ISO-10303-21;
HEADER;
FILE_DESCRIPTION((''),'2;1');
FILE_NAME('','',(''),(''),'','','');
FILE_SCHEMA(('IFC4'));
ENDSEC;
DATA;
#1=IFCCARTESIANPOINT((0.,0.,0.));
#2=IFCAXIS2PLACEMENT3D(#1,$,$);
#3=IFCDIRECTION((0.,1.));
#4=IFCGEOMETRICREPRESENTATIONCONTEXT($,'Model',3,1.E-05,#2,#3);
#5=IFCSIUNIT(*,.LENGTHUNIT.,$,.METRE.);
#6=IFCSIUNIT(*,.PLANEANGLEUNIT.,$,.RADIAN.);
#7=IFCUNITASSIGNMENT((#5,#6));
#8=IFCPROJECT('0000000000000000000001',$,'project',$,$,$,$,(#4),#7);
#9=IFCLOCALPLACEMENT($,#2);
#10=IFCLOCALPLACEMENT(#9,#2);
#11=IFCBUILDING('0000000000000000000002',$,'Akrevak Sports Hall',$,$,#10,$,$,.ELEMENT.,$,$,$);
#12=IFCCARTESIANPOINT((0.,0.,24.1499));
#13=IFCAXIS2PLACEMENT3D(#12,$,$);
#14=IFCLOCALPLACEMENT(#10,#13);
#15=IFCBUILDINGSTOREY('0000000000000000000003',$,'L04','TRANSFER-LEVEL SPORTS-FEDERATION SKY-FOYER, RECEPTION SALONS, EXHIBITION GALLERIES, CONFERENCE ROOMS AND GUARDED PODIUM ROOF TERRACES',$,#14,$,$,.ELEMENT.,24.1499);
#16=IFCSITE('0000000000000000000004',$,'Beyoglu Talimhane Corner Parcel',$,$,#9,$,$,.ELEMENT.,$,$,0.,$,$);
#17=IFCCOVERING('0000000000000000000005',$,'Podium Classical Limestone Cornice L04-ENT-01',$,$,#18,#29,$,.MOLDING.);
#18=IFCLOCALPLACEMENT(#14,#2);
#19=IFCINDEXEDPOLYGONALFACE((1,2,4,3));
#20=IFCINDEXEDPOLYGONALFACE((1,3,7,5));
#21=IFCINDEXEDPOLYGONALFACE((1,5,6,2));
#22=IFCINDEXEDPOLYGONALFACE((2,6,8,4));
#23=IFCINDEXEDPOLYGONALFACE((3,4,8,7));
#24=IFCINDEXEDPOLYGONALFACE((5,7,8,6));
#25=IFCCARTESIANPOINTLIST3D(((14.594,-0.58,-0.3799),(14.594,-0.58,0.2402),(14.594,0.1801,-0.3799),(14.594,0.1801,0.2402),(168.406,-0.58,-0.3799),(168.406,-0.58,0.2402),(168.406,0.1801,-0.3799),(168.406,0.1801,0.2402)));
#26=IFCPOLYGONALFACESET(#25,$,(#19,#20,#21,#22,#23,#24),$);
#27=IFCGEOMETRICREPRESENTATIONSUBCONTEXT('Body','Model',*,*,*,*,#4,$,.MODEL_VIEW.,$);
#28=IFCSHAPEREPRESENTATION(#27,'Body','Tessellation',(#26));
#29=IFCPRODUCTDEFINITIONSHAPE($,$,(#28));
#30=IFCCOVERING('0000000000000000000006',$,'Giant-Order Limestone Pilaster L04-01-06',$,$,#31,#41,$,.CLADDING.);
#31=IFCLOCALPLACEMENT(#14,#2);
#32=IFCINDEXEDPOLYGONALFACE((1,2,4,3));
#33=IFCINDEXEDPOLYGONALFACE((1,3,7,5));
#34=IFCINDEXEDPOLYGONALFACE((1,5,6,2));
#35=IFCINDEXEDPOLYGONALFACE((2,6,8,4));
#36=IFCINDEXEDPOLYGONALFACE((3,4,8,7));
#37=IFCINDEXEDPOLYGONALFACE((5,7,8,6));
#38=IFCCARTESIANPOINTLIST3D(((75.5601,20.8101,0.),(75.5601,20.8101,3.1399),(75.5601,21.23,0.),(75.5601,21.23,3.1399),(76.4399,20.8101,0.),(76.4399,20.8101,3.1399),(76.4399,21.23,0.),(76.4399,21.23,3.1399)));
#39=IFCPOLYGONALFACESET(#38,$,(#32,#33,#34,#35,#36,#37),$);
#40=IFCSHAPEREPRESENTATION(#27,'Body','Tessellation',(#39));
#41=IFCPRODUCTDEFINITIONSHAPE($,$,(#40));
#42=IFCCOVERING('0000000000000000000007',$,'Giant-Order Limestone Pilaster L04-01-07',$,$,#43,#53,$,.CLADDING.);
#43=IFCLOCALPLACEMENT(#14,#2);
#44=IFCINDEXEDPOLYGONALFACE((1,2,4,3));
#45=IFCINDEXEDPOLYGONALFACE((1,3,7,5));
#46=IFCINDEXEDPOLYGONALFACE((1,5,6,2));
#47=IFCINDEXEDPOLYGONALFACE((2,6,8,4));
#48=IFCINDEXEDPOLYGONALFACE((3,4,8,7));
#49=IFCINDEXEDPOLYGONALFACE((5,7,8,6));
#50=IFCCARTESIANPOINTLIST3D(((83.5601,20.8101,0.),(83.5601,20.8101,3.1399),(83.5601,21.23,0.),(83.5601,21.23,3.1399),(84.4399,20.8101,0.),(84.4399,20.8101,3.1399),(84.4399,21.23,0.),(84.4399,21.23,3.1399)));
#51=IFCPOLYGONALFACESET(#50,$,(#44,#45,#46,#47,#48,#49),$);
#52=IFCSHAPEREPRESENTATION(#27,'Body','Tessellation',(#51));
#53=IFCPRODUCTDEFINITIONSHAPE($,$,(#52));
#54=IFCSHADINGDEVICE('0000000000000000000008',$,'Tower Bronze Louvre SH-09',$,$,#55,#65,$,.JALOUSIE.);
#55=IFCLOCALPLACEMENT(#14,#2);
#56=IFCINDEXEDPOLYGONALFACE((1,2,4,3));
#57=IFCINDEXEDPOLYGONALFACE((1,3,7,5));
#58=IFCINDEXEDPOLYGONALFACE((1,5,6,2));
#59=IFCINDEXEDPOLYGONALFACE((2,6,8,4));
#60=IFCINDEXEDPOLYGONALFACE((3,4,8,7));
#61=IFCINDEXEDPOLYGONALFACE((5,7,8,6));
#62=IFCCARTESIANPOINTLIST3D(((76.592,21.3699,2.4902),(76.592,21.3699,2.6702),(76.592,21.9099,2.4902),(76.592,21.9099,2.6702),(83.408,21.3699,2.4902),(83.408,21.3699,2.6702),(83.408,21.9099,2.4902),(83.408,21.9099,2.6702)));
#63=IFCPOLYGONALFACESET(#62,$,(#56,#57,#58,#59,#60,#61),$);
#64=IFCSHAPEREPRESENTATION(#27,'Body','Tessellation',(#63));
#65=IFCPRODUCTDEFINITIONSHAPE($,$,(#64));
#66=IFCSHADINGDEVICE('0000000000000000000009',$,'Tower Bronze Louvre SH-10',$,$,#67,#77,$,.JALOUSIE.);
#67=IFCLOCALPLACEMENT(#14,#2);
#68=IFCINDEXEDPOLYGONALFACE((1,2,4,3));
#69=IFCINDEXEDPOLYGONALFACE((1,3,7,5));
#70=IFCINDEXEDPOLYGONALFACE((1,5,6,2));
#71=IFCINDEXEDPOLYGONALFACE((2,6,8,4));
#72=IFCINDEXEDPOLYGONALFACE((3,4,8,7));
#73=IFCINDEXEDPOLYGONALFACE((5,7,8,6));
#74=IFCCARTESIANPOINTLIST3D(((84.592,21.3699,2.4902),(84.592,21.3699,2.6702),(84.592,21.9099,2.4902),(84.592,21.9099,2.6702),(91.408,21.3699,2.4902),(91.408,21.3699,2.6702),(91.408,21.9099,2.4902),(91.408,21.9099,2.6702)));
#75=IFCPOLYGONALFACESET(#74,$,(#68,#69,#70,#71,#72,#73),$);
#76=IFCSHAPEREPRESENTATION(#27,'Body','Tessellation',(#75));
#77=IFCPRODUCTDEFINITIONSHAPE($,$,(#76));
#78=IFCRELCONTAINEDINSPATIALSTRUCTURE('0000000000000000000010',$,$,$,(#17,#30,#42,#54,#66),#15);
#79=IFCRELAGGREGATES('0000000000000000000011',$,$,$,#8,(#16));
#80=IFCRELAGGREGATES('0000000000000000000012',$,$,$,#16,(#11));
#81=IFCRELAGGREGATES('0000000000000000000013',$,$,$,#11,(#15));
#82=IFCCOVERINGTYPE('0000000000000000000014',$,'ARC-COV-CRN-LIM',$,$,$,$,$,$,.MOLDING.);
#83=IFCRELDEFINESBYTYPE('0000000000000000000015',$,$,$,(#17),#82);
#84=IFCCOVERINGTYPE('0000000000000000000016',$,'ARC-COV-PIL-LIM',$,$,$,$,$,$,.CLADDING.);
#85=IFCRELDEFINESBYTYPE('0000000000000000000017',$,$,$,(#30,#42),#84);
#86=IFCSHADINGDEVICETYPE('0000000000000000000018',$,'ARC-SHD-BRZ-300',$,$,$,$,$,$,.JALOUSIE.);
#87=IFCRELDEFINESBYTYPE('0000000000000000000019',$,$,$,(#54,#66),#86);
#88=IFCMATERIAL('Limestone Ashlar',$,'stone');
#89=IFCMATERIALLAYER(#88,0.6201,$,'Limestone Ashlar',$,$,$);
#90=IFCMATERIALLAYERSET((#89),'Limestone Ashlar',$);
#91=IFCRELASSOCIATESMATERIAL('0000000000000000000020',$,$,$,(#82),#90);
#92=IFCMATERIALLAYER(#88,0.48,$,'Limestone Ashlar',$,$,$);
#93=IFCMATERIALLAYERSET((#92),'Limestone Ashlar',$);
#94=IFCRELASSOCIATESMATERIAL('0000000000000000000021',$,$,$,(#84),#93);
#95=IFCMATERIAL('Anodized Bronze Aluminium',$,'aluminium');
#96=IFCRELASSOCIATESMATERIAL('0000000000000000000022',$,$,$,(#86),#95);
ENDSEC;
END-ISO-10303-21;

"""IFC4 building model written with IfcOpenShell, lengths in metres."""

from ifc_helpers import new_model, si_unit, direction, frame, origin, origin_2d, place, context, subcontext, project, spatial, rectangle, extrude, material, layer, layer_set, type_object, element, save


model = new_model("IFC4")

# Units and contexts
model_context = context("Model", 3, precision=1e-05, world=origin(), true_north=direction((0.0, 1.0)))
body_context = subcontext(model_context, "Body", "Model", "MODEL_VIEW")
ifc_project = project(units=[si_unit("LENGTHUNIT", "METRE"), si_unit("PLANEANGLEUNIT", "RADIAN")], contexts=[model_context])

# Site, building, storey
site_placement = place(None, origin())
site = spatial("IfcSite", under=ifc_project, at=site_placement, Name="Beyoglu Talimhane Corner Parcel", CompositionType="ELEMENT", RefElevation=0.0)
building_placement = place(site_placement, origin())
building = spatial("IfcBuilding", under=site, at=building_placement, Name="Akrevak Sports Hall", CompositionType="ELEMENT")
storey_placement = place(building_placement, frame((0.0, 0.0, 24.1499)))
storey = spatial("IfcBuildingStorey", under=building, at=storey_placement, Name="L04", Description="TRANSFER-LEVEL SPORTS-FEDERATION SKY-FOYER, RECEPTION SALONS, EXHIBITION GALLERIES, CONFERENCE ROOMS AND GUARDED PODIUM ROOF TERRACES", CompositionType="ELEMENT", Elevation=24.1499)

# Shared definitions
ifc_material_1 = material(Name="Anodized Bronze Aluminium", Category="aluminium")

# Coverings
ifc_material_2 = material(Name="Limestone Ashlar", Category="stone")
ifc_layer_1 = layer(ifc_material_2, 0.6201, Name="Limestone Ashlar")
ifc_layer_set_1 = layer_set([ifc_layer_1], Name="Limestone Ashlar")
covering_type_1 = type_object("IfcCoveringType", Name="ARC-COV-CRN-LIM", PredefinedType="MOLDING", material=ifc_layer_set_1)
covering_placement = place(storey_placement, frame((91.5, -0.2, -0.3799), z_axis=(0.0, 0.0, 1.0), x_axis=(1.0, 0.0, 0.0)))
element("IfcCovering", 1, at=covering_placement, inside=storey, type_object=covering_type_1, Name="Podium Classical Limestone Cornice L04-ENT-01", PredefinedType="MOLDING", context=body_context, shape_type="SweptSolid", body=[
    extrude(rectangle(XDim=153.812, YDim=0.76, at=origin_2d()), origin(), (0.0, 0.0, 1.0), 0.6201),
])
ifc_layer_2 = layer(ifc_material_2, 0.48, Name="Limestone Ashlar")
ifc_layer_set_2 = layer_set([ifc_layer_2], Name="Limestone Ashlar")
covering_type_2 = type_object("IfcCoveringType", Name="ARC-COV-PIL-LIM", PredefinedType="CLADDING", material=ifc_layer_set_2)
for number, where, z_axis, x_axis, name in (
    (2, (76.0, 21.02, 0.0), (0.0, 0.0, 1.0), (1.0, 0.0, 0.0), "Giant-Order Limestone Pilaster L04-01-06"),
    (3, (84.0, 21.02, 0.0), (0.0, 0.0, 1.0), (1.0, 0.0, 0.0), "Giant-Order Limestone Pilaster L04-01-07"),
):
    element("IfcCovering", number, at=place(storey_placement, frame(where, z_axis=z_axis, x_axis=x_axis)), inside=storey, type_object=covering_type_2, Name=name, PredefinedType="CLADDING", context=body_context, shape_type="SweptSolid", body=[
        extrude(rectangle(XDim=0.8799, YDim=0.4199, at=origin_2d()), origin(), (0.0, 0.0, 1.0), 3.1399),
    ])

# Shading devices
shading_device_type = type_object("IfcShadingDeviceType", Name="ARC-SHD-BRZ-300", PredefinedType="JALOUSIE", material=ifc_material_1)
for number, where, z_axis, x_axis, name in (
    (4, (80.0, 21.6399, 2.4902), (0.0, 0.0, 1.0), (1.0, 0.0, 0.0), "Tower Bronze Louvre SH-09"),
    (5, (88.0, 21.6399, 2.4902), (0.0, 0.0, 1.0), (1.0, 0.0, 0.0), "Tower Bronze Louvre SH-10"),
):
    element("IfcShadingDevice", number, at=place(storey_placement, frame(where, z_axis=z_axis, x_axis=x_axis)), inside=storey, type_object=shading_device_type, Name=name, PredefinedType="JALOUSIE", context=body_context, shape_type="SweptSolid", body=[
        extrude(rectangle(XDim=6.8159, YDim=0.54, at=origin_2d()), origin(), (0.0, 0.0, 1.0), 0.1799),
    ])

save(model, "model.ifc")
